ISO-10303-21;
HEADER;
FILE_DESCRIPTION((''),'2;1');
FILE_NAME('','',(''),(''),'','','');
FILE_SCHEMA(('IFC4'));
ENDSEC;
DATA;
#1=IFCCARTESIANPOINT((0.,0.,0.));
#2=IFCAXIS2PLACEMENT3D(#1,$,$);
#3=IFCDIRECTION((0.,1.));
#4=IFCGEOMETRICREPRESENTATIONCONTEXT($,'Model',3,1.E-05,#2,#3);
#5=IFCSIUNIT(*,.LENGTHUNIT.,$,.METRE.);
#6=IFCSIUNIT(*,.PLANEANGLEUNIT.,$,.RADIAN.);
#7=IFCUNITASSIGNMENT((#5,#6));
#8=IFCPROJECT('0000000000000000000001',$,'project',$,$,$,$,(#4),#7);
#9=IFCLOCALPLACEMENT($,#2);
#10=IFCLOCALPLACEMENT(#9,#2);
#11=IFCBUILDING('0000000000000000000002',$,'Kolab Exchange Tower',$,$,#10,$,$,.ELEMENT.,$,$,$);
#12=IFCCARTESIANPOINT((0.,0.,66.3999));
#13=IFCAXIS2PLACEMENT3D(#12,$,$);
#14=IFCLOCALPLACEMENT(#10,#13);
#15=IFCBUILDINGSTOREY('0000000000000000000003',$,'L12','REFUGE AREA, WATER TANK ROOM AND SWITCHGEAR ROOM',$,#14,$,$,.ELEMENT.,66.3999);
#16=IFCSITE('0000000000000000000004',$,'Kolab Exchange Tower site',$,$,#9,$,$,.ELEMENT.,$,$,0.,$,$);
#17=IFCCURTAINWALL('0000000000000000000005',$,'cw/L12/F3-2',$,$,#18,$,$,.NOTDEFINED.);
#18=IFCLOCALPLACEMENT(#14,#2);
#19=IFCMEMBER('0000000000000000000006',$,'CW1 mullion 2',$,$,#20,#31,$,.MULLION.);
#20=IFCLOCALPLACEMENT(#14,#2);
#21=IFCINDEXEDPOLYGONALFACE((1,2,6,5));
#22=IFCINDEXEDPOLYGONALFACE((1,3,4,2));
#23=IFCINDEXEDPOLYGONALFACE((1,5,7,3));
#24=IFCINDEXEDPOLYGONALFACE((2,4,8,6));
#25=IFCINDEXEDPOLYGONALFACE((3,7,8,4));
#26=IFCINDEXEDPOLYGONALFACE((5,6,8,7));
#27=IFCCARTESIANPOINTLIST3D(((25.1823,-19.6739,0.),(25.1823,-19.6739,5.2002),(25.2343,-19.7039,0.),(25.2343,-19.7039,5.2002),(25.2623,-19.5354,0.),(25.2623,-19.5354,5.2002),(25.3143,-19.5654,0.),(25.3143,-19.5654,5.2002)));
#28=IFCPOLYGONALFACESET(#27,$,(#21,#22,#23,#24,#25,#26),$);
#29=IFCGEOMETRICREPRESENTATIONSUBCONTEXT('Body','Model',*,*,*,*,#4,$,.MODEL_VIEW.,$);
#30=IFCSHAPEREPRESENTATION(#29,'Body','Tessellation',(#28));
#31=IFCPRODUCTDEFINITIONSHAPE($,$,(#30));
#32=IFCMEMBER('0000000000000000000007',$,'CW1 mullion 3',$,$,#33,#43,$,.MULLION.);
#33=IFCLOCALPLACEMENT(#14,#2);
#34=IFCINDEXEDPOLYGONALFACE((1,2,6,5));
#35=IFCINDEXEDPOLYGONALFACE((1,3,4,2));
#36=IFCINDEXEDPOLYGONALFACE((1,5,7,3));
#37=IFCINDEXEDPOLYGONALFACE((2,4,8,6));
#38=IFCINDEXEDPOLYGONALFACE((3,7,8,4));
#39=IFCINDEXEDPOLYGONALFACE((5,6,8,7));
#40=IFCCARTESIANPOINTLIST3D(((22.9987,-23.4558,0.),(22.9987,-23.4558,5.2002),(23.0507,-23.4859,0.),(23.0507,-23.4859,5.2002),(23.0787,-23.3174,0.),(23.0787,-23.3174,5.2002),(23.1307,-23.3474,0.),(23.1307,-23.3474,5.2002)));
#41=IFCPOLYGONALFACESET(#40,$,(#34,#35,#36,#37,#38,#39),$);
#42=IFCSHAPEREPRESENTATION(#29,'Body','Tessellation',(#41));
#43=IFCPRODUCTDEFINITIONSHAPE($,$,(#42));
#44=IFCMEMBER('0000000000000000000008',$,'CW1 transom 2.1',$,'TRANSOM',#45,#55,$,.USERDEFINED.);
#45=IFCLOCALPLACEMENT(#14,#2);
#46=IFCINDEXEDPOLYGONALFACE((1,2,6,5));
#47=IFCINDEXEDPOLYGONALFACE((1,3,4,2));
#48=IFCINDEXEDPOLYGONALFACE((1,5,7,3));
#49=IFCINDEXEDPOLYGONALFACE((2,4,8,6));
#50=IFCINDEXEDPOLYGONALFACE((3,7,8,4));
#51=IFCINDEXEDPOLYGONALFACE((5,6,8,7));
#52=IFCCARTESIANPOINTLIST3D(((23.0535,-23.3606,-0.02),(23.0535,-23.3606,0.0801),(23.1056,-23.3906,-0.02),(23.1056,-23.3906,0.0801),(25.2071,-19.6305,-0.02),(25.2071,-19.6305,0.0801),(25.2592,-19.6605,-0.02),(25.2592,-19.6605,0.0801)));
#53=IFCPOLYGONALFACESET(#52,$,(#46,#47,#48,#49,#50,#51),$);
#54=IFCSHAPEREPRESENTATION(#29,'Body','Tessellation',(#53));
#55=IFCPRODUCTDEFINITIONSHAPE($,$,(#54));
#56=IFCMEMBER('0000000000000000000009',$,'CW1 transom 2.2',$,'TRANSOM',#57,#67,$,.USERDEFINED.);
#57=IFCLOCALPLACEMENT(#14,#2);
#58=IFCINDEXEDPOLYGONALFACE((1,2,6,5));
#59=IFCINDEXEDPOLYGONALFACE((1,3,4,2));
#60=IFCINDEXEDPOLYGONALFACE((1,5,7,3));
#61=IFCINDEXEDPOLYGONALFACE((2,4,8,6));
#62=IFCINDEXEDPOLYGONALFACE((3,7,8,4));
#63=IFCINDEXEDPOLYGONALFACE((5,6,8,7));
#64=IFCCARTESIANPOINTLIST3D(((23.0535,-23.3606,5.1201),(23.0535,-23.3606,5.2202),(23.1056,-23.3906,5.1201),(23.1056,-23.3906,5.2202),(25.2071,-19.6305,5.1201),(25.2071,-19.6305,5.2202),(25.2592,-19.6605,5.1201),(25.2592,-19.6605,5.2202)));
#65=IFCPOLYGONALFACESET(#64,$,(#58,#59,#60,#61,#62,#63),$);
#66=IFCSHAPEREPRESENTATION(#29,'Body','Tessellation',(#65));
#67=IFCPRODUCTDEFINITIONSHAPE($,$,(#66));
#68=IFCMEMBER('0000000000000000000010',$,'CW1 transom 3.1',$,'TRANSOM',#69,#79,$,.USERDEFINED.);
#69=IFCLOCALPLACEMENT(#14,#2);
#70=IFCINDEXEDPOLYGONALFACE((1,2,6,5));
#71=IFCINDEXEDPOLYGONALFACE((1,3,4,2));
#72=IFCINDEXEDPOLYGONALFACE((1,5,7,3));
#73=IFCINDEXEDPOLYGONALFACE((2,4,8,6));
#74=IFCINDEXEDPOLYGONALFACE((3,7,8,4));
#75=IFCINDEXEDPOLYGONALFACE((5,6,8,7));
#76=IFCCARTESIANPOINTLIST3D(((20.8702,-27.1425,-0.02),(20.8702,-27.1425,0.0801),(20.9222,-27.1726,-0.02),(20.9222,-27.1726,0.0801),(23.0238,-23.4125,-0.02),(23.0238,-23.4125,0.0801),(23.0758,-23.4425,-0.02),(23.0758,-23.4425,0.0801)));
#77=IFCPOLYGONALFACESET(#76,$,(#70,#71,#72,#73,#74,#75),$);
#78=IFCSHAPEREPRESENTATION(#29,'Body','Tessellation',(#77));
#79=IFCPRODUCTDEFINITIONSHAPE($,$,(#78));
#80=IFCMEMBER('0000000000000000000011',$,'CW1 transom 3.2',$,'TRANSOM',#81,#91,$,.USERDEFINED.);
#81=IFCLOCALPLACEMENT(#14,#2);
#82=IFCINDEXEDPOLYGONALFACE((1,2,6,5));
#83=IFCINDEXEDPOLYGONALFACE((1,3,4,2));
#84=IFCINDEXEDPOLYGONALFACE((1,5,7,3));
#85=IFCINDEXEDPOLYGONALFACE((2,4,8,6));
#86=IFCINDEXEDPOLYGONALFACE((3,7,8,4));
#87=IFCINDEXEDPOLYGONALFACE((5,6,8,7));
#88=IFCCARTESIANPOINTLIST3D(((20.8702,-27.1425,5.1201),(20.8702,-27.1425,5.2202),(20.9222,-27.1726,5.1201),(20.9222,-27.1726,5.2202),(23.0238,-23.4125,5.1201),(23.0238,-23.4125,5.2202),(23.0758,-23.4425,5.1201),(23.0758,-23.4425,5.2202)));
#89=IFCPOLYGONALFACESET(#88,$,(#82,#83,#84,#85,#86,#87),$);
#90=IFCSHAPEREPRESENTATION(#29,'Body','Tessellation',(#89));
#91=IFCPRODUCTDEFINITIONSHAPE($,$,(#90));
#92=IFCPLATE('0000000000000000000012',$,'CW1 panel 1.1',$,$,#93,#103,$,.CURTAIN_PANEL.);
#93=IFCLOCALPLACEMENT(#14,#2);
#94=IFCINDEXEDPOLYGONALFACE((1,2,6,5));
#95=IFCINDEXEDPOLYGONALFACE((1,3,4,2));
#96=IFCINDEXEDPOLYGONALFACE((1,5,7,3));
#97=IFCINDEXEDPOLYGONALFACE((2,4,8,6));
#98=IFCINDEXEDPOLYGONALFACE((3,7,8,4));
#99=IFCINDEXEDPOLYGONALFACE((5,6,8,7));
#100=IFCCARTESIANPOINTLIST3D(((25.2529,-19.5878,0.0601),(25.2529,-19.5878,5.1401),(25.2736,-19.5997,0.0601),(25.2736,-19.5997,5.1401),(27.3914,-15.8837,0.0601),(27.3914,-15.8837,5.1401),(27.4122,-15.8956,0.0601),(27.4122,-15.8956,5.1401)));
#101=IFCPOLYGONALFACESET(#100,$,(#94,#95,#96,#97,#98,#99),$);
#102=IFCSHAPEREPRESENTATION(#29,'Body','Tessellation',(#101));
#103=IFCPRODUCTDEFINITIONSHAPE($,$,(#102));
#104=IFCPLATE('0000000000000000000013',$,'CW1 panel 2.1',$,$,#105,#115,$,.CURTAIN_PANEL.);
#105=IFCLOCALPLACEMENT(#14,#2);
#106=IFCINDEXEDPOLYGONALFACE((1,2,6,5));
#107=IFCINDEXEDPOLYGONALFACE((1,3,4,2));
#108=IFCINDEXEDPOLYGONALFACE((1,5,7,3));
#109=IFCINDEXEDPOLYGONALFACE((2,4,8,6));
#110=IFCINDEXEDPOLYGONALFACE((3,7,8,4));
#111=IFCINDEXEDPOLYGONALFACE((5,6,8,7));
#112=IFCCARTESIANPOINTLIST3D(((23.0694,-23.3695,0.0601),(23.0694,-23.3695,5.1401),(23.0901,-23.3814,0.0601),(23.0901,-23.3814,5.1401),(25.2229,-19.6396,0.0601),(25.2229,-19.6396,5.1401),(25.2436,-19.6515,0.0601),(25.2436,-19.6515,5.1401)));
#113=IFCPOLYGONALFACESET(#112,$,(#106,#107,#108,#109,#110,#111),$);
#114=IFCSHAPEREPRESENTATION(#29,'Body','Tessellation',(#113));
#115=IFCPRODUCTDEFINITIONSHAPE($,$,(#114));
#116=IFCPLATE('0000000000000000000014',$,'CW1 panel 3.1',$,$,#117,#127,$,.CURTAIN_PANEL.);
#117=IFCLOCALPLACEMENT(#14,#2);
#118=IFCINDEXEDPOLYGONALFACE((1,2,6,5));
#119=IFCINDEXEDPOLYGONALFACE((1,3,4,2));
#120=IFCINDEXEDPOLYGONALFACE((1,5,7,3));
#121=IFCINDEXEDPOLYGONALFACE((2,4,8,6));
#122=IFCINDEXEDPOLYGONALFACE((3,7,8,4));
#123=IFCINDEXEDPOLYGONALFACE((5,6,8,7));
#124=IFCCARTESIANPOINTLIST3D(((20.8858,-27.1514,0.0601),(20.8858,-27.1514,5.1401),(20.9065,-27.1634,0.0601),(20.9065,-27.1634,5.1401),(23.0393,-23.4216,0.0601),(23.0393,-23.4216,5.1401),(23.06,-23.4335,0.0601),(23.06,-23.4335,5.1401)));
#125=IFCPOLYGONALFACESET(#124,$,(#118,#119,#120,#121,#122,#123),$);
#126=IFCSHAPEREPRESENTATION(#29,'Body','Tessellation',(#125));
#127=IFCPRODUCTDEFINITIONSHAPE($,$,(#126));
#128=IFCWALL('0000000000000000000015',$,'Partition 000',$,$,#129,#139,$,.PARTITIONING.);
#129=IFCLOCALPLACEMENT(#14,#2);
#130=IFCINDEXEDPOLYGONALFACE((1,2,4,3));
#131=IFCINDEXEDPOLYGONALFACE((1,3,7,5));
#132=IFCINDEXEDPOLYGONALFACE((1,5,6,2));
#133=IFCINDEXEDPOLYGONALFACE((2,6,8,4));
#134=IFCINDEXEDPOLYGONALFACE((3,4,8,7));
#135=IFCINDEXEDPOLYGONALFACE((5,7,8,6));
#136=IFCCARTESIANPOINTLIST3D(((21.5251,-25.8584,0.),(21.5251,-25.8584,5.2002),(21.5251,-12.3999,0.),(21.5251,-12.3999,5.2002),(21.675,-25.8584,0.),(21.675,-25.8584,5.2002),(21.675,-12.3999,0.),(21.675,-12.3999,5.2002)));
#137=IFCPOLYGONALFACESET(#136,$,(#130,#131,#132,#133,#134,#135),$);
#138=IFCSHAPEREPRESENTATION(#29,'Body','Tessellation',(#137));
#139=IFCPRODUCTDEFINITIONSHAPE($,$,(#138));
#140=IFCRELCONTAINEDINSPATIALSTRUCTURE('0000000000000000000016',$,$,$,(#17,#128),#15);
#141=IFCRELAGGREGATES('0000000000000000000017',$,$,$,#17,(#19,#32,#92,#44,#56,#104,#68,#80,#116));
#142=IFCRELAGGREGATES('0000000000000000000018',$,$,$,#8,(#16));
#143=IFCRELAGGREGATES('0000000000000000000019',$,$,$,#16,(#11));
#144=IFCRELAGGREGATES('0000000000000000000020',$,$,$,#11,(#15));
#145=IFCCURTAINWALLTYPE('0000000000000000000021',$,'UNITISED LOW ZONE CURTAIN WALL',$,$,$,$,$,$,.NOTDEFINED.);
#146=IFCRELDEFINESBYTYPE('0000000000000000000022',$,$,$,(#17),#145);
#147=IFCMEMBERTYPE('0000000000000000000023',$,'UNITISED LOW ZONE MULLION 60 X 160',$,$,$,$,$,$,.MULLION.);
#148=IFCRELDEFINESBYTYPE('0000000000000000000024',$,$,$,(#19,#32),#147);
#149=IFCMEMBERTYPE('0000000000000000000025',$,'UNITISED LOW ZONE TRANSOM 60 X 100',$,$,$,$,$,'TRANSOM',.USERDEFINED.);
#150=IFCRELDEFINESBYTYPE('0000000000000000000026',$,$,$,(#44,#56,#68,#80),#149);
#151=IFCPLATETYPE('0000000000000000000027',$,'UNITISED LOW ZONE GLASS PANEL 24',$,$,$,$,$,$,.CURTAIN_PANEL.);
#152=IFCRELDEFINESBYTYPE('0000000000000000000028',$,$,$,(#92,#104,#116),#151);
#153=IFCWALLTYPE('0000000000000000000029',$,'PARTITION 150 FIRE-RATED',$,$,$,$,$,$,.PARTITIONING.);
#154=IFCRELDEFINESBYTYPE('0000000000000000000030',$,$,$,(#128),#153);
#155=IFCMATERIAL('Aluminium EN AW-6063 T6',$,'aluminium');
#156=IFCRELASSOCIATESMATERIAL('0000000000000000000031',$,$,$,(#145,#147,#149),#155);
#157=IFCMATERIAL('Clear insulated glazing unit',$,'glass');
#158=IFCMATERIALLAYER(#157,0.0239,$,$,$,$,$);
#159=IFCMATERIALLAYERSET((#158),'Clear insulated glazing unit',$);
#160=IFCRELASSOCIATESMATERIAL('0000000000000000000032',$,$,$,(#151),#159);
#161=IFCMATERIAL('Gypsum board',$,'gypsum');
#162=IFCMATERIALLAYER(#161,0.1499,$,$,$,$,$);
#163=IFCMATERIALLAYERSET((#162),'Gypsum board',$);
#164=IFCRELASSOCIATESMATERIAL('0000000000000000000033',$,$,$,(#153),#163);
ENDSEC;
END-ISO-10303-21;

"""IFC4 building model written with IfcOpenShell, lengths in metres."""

from ifc_helpers import new_model, si_unit, direction, frame, frame_2d, origin, origin_2d, place, context, subcontext, project, spatial, rectangle, extrude, material, layer, layer_set, material_profile, profile_set, type_object, element, aggregate, save


model = new_model("IFC4")

# Units and contexts
model_context = context("Model", 3, precision=1e-05, world=origin(), true_north=direction((0.0, 1.0)))
body_context = subcontext(model_context, "Body", "Model", "MODEL_VIEW")
ifc_project = project(units=[si_unit("LENGTHUNIT", "METRE"), si_unit("PLANEANGLEUNIT", "RADIAN")], contexts=[model_context])

# Site, building, storey
site_placement = place(None, origin())
site = spatial("IfcSite", under=ifc_project, at=site_placement, Name="Kolab Exchange Tower site", CompositionType="ELEMENT", RefElevation=0.0)
building_placement = place(site_placement, origin())
building = spatial("IfcBuilding", under=site, at=building_placement, Name="Kolab Exchange Tower", CompositionType="ELEMENT")
storey_placement = place(building_placement, frame((0.0, 0.0, 66.3999)))
storey = spatial("IfcBuildingStorey", under=building, at=storey_placement, Name="L12", Description="REFUGE AREA, WATER TANK ROOM AND SWITCHGEAR ROOM", CompositionType="ELEMENT", Elevation=66.3999)

# Curtain wall, members, plates
ifc_material_1 = material(Name="Aluminium EN AW-6063 T6", Category="aluminium")
curtain_wall_type = type_object("IfcCurtainWallType", Name="UNITISED LOW ZONE CURTAIN WALL", PredefinedType="NOTDEFINED", material=ifc_material_1)
curtain_wall_placement = place(storey_placement, origin())
curtain_wall = element("IfcCurtainWall", 1, at=curtain_wall_placement, inside=storey, type_object=curtain_wall_type, Name="cw/L12/F3-2", PredefinedType="NOTDEFINED")
ifc_material_profile_1 = material_profile(ifc_material_1, rectangle(XDim=0.0601, YDim=0.1599, at=origin_2d()), Name="RECT 60X160")
ifc_profile_set_1 = profile_set([ifc_material_profile_1], Name="Aluminium EN AW-6063 T6")
member_type_1 = type_object("IfcMemberType", Name="UNITISED LOW ZONE MULLION 60 X 160", PredefinedType="MULLION", material=ifc_profile_set_1)
member_1_placement = place(storey_placement, frame((25.2483, -19.6196, 0.0), z_axis=(0.0, 0.0, 1.0), x_axis=(0.866025, -0.5, 0.0)))
member_1 = element("IfcMember", 2, at=member_1_placement, type_object=member_type_1, Name="CW1 mullion 2", PredefinedType="MULLION", context=body_context, shape_type="SweptSolid", body=[
    extrude(rectangle(XDim=0.0601, YDim=0.1599, at=origin_2d()), origin(), (0.0, 0.0, 1.0), 5.2002),
])
member_2_placement = place(storey_placement, frame((23.0647, -23.4016, 0.0), z_axis=(0.0, 0.0, 1.0), x_axis=(0.866025, -0.5, 0.0)))
member_2 = element("IfcMember", 3, at=member_2_placement, type_object=member_type_1, Name="CW1 mullion 3", PredefinedType="MULLION", context=body_context, shape_type="SweptSolid", body=[
    extrude(rectangle(XDim=0.0601, YDim=0.1599, at=origin_2d()), origin(), (0.0, 0.0, 1.0), 5.2002),
])
ifc_material_profile_2 = material_profile(ifc_material_1, rectangle(XDim=0.0601, YDim=0.1001, at=origin_2d()), Name="RECT 60X100")
ifc_profile_set_2 = profile_set([ifc_material_profile_2], Name="Aluminium EN AW-6063 T6")
member_type_2 = type_object("IfcMemberType", Name="UNITISED LOW ZONE TRANSOM 60 X 100", ElementType="TRANSOM", PredefinedType="USERDEFINED", material=ifc_profile_set_2)
member_3_placement = place(storey_placement, frame((25.2332, -19.6455, 0.03), z_axis=(-0.50001, -0.866019, 0.0), x_axis=(0.866019, -0.50001, 0.0)))
member_3 = element("IfcMember", 4, at=member_3_placement, type_object=member_type_2, Name="CW1 transom 2.1", ObjectType="TRANSOM", PredefinedType="USERDEFINED", context=body_context, shape_type="SweptSolid", body=[
    extrude(rectangle(XDim=0.0601, YDim=0.1001, at=origin_2d()), origin(), (0.0, 0.0, 1.0), 4.3071),
])
member_4_placement = place(storey_placement, frame((25.2332, -19.6455, 5.1702), z_axis=(-0.50001, -0.866019, 0.0), x_axis=(0.866019, -0.50001, 0.0)))
member_4 = element("IfcMember", 5, at=member_4_placement, type_object=member_type_2, Name="CW1 transom 2.2", ObjectType="TRANSOM", PredefinedType="USERDEFINED", context=body_context, shape_type="SweptSolid", body=[
    extrude(rectangle(XDim=0.0601, YDim=0.1001, at=origin_2d()), origin(), (0.0, 0.0, 1.0), 4.3071),
])
member_5_placement = place(storey_placement, frame((23.0498, -23.4275, 0.03), z_axis=(-0.50001, -0.866019, 0.0), x_axis=(0.866019, -0.50001, 0.0)))
member_5 = element("IfcMember", 6, at=member_5_placement, type_object=member_type_2, Name="CW1 transom 3.1", ObjectType="TRANSOM", PredefinedType="USERDEFINED", context=body_context, shape_type="SweptSolid", body=[
    extrude(rectangle(XDim=0.0601, YDim=0.1001, at=origin_2d()), origin(), (0.0, 0.0, 1.0), 4.3071),
])
member_6_placement = place(storey_placement, frame((23.0498, -23.4275, 5.1702), z_axis=(-0.50001, -0.866019, 0.0), x_axis=(0.866019, -0.50001, 0.0)))
member_6 = element("IfcMember", 7, at=member_6_placement, type_object=member_type_2, Name="CW1 transom 3.2", ObjectType="TRANSOM", PredefinedType="USERDEFINED", context=body_context, shape_type="SweptSolid", body=[
    extrude(rectangle(XDim=0.0601, YDim=0.1001, at=origin_2d()), origin(), (0.0, 0.0, 1.0), 4.3071),
])
ifc_material_2 = material(Name="Clear insulated glazing unit", Category="glass")
ifc_layer_1 = layer(ifc_material_2, 0.0239)
ifc_layer_set_1 = layer_set([ifc_layer_1], Name="Clear insulated glazing unit")
plate_type = type_object("IfcPlateType", Name="UNITISED LOW ZONE GLASS PANEL 24", PredefinedType="CURTAIN_PANEL", material=ifc_layer_set_1)
plate_1_placement = place(storey_placement, frame((26.3325, -17.7417, 0.0601), z_axis=(0.0, 0.0, 1.0), x_axis=(-0.5, -0.866025, 0.0)))
plate_1 = element("IfcPlate", 8, at=plate_1_placement, type_object=plate_type, Name="CW1 panel 1.1", PredefinedType="CURTAIN_PANEL", context=body_context, shape_type="SweptSolid", body=[
    extrude(rectangle(XDim=4.2771, YDim=0.0239, at=origin_2d()), origin(), (0.0, 0.0, 1.0), 5.0801),
])
plate_2_placement = place(storey_placement, frame((24.1565, -21.5105, 0.0601), z_axis=(0.0, 0.0, 1.0), x_axis=(-0.5, -0.866025, 0.0)))
plate_2 = element("IfcPlate", 9, at=plate_2_placement, type_object=plate_type, Name="CW1 panel 2.1", PredefinedType="CURTAIN_PANEL", context=body_context, shape_type="SweptSolid", body=[
    extrude(rectangle(XDim=4.3069, YDim=0.0239, at=origin_2d()), origin(), (0.0, 0.0, 1.0), 5.0801),
])
plate_3_placement = place(storey_placement, frame((21.9729, -25.2925, 0.0601), z_axis=(0.0, 0.0, 1.0), x_axis=(-0.5, -0.866025, 0.0)))
plate_3 = element("IfcPlate", 10, at=plate_3_placement, type_object=plate_type, Name="CW1 panel 3.1", PredefinedType="CURTAIN_PANEL", context=body_context, shape_type="SweptSolid", body=[
    extrude(rectangle(XDim=4.3069, YDim=0.0239, at=origin_2d()), origin(), (0.0, 0.0, 1.0), 5.0801),
])
aggregate(curtain_wall, [member_1, member_2, plate_1, member_3, member_4, plate_2, member_5, member_6, plate_3])

# Wall
ifc_material_3 = material(Name="Gypsum board", Category="gypsum")
ifc_layer_2 = layer(ifc_material_3, 0.1499)
ifc_layer_set_2 = layer_set([ifc_layer_2], Name="Gypsum board")
wall_type = type_object("IfcWallType", Name="PARTITION 150 FIRE-RATED", PredefinedType="PARTITIONING", material=ifc_layer_set_2)
wall_placement = place(storey_placement, frame((21.6001, -25.8584, 0.0), z_axis=(0.0, 0.0, 1.0), x_axis=(0.0, 1.0, 0.0)))
element("IfcWall", 11, at=wall_placement, inside=storey, type_object=wall_type, Name="Partition 000", PredefinedType="PARTITIONING", context=body_context, shape_type="SweptSolid", body=[
    extrude(rectangle(XDim=13.4585, YDim=0.1499, at=frame_2d((6.7292, 0.0))), origin(), (0.0, 0.0, 1.0), 5.2002),
])

save(model, "model.ifc")
